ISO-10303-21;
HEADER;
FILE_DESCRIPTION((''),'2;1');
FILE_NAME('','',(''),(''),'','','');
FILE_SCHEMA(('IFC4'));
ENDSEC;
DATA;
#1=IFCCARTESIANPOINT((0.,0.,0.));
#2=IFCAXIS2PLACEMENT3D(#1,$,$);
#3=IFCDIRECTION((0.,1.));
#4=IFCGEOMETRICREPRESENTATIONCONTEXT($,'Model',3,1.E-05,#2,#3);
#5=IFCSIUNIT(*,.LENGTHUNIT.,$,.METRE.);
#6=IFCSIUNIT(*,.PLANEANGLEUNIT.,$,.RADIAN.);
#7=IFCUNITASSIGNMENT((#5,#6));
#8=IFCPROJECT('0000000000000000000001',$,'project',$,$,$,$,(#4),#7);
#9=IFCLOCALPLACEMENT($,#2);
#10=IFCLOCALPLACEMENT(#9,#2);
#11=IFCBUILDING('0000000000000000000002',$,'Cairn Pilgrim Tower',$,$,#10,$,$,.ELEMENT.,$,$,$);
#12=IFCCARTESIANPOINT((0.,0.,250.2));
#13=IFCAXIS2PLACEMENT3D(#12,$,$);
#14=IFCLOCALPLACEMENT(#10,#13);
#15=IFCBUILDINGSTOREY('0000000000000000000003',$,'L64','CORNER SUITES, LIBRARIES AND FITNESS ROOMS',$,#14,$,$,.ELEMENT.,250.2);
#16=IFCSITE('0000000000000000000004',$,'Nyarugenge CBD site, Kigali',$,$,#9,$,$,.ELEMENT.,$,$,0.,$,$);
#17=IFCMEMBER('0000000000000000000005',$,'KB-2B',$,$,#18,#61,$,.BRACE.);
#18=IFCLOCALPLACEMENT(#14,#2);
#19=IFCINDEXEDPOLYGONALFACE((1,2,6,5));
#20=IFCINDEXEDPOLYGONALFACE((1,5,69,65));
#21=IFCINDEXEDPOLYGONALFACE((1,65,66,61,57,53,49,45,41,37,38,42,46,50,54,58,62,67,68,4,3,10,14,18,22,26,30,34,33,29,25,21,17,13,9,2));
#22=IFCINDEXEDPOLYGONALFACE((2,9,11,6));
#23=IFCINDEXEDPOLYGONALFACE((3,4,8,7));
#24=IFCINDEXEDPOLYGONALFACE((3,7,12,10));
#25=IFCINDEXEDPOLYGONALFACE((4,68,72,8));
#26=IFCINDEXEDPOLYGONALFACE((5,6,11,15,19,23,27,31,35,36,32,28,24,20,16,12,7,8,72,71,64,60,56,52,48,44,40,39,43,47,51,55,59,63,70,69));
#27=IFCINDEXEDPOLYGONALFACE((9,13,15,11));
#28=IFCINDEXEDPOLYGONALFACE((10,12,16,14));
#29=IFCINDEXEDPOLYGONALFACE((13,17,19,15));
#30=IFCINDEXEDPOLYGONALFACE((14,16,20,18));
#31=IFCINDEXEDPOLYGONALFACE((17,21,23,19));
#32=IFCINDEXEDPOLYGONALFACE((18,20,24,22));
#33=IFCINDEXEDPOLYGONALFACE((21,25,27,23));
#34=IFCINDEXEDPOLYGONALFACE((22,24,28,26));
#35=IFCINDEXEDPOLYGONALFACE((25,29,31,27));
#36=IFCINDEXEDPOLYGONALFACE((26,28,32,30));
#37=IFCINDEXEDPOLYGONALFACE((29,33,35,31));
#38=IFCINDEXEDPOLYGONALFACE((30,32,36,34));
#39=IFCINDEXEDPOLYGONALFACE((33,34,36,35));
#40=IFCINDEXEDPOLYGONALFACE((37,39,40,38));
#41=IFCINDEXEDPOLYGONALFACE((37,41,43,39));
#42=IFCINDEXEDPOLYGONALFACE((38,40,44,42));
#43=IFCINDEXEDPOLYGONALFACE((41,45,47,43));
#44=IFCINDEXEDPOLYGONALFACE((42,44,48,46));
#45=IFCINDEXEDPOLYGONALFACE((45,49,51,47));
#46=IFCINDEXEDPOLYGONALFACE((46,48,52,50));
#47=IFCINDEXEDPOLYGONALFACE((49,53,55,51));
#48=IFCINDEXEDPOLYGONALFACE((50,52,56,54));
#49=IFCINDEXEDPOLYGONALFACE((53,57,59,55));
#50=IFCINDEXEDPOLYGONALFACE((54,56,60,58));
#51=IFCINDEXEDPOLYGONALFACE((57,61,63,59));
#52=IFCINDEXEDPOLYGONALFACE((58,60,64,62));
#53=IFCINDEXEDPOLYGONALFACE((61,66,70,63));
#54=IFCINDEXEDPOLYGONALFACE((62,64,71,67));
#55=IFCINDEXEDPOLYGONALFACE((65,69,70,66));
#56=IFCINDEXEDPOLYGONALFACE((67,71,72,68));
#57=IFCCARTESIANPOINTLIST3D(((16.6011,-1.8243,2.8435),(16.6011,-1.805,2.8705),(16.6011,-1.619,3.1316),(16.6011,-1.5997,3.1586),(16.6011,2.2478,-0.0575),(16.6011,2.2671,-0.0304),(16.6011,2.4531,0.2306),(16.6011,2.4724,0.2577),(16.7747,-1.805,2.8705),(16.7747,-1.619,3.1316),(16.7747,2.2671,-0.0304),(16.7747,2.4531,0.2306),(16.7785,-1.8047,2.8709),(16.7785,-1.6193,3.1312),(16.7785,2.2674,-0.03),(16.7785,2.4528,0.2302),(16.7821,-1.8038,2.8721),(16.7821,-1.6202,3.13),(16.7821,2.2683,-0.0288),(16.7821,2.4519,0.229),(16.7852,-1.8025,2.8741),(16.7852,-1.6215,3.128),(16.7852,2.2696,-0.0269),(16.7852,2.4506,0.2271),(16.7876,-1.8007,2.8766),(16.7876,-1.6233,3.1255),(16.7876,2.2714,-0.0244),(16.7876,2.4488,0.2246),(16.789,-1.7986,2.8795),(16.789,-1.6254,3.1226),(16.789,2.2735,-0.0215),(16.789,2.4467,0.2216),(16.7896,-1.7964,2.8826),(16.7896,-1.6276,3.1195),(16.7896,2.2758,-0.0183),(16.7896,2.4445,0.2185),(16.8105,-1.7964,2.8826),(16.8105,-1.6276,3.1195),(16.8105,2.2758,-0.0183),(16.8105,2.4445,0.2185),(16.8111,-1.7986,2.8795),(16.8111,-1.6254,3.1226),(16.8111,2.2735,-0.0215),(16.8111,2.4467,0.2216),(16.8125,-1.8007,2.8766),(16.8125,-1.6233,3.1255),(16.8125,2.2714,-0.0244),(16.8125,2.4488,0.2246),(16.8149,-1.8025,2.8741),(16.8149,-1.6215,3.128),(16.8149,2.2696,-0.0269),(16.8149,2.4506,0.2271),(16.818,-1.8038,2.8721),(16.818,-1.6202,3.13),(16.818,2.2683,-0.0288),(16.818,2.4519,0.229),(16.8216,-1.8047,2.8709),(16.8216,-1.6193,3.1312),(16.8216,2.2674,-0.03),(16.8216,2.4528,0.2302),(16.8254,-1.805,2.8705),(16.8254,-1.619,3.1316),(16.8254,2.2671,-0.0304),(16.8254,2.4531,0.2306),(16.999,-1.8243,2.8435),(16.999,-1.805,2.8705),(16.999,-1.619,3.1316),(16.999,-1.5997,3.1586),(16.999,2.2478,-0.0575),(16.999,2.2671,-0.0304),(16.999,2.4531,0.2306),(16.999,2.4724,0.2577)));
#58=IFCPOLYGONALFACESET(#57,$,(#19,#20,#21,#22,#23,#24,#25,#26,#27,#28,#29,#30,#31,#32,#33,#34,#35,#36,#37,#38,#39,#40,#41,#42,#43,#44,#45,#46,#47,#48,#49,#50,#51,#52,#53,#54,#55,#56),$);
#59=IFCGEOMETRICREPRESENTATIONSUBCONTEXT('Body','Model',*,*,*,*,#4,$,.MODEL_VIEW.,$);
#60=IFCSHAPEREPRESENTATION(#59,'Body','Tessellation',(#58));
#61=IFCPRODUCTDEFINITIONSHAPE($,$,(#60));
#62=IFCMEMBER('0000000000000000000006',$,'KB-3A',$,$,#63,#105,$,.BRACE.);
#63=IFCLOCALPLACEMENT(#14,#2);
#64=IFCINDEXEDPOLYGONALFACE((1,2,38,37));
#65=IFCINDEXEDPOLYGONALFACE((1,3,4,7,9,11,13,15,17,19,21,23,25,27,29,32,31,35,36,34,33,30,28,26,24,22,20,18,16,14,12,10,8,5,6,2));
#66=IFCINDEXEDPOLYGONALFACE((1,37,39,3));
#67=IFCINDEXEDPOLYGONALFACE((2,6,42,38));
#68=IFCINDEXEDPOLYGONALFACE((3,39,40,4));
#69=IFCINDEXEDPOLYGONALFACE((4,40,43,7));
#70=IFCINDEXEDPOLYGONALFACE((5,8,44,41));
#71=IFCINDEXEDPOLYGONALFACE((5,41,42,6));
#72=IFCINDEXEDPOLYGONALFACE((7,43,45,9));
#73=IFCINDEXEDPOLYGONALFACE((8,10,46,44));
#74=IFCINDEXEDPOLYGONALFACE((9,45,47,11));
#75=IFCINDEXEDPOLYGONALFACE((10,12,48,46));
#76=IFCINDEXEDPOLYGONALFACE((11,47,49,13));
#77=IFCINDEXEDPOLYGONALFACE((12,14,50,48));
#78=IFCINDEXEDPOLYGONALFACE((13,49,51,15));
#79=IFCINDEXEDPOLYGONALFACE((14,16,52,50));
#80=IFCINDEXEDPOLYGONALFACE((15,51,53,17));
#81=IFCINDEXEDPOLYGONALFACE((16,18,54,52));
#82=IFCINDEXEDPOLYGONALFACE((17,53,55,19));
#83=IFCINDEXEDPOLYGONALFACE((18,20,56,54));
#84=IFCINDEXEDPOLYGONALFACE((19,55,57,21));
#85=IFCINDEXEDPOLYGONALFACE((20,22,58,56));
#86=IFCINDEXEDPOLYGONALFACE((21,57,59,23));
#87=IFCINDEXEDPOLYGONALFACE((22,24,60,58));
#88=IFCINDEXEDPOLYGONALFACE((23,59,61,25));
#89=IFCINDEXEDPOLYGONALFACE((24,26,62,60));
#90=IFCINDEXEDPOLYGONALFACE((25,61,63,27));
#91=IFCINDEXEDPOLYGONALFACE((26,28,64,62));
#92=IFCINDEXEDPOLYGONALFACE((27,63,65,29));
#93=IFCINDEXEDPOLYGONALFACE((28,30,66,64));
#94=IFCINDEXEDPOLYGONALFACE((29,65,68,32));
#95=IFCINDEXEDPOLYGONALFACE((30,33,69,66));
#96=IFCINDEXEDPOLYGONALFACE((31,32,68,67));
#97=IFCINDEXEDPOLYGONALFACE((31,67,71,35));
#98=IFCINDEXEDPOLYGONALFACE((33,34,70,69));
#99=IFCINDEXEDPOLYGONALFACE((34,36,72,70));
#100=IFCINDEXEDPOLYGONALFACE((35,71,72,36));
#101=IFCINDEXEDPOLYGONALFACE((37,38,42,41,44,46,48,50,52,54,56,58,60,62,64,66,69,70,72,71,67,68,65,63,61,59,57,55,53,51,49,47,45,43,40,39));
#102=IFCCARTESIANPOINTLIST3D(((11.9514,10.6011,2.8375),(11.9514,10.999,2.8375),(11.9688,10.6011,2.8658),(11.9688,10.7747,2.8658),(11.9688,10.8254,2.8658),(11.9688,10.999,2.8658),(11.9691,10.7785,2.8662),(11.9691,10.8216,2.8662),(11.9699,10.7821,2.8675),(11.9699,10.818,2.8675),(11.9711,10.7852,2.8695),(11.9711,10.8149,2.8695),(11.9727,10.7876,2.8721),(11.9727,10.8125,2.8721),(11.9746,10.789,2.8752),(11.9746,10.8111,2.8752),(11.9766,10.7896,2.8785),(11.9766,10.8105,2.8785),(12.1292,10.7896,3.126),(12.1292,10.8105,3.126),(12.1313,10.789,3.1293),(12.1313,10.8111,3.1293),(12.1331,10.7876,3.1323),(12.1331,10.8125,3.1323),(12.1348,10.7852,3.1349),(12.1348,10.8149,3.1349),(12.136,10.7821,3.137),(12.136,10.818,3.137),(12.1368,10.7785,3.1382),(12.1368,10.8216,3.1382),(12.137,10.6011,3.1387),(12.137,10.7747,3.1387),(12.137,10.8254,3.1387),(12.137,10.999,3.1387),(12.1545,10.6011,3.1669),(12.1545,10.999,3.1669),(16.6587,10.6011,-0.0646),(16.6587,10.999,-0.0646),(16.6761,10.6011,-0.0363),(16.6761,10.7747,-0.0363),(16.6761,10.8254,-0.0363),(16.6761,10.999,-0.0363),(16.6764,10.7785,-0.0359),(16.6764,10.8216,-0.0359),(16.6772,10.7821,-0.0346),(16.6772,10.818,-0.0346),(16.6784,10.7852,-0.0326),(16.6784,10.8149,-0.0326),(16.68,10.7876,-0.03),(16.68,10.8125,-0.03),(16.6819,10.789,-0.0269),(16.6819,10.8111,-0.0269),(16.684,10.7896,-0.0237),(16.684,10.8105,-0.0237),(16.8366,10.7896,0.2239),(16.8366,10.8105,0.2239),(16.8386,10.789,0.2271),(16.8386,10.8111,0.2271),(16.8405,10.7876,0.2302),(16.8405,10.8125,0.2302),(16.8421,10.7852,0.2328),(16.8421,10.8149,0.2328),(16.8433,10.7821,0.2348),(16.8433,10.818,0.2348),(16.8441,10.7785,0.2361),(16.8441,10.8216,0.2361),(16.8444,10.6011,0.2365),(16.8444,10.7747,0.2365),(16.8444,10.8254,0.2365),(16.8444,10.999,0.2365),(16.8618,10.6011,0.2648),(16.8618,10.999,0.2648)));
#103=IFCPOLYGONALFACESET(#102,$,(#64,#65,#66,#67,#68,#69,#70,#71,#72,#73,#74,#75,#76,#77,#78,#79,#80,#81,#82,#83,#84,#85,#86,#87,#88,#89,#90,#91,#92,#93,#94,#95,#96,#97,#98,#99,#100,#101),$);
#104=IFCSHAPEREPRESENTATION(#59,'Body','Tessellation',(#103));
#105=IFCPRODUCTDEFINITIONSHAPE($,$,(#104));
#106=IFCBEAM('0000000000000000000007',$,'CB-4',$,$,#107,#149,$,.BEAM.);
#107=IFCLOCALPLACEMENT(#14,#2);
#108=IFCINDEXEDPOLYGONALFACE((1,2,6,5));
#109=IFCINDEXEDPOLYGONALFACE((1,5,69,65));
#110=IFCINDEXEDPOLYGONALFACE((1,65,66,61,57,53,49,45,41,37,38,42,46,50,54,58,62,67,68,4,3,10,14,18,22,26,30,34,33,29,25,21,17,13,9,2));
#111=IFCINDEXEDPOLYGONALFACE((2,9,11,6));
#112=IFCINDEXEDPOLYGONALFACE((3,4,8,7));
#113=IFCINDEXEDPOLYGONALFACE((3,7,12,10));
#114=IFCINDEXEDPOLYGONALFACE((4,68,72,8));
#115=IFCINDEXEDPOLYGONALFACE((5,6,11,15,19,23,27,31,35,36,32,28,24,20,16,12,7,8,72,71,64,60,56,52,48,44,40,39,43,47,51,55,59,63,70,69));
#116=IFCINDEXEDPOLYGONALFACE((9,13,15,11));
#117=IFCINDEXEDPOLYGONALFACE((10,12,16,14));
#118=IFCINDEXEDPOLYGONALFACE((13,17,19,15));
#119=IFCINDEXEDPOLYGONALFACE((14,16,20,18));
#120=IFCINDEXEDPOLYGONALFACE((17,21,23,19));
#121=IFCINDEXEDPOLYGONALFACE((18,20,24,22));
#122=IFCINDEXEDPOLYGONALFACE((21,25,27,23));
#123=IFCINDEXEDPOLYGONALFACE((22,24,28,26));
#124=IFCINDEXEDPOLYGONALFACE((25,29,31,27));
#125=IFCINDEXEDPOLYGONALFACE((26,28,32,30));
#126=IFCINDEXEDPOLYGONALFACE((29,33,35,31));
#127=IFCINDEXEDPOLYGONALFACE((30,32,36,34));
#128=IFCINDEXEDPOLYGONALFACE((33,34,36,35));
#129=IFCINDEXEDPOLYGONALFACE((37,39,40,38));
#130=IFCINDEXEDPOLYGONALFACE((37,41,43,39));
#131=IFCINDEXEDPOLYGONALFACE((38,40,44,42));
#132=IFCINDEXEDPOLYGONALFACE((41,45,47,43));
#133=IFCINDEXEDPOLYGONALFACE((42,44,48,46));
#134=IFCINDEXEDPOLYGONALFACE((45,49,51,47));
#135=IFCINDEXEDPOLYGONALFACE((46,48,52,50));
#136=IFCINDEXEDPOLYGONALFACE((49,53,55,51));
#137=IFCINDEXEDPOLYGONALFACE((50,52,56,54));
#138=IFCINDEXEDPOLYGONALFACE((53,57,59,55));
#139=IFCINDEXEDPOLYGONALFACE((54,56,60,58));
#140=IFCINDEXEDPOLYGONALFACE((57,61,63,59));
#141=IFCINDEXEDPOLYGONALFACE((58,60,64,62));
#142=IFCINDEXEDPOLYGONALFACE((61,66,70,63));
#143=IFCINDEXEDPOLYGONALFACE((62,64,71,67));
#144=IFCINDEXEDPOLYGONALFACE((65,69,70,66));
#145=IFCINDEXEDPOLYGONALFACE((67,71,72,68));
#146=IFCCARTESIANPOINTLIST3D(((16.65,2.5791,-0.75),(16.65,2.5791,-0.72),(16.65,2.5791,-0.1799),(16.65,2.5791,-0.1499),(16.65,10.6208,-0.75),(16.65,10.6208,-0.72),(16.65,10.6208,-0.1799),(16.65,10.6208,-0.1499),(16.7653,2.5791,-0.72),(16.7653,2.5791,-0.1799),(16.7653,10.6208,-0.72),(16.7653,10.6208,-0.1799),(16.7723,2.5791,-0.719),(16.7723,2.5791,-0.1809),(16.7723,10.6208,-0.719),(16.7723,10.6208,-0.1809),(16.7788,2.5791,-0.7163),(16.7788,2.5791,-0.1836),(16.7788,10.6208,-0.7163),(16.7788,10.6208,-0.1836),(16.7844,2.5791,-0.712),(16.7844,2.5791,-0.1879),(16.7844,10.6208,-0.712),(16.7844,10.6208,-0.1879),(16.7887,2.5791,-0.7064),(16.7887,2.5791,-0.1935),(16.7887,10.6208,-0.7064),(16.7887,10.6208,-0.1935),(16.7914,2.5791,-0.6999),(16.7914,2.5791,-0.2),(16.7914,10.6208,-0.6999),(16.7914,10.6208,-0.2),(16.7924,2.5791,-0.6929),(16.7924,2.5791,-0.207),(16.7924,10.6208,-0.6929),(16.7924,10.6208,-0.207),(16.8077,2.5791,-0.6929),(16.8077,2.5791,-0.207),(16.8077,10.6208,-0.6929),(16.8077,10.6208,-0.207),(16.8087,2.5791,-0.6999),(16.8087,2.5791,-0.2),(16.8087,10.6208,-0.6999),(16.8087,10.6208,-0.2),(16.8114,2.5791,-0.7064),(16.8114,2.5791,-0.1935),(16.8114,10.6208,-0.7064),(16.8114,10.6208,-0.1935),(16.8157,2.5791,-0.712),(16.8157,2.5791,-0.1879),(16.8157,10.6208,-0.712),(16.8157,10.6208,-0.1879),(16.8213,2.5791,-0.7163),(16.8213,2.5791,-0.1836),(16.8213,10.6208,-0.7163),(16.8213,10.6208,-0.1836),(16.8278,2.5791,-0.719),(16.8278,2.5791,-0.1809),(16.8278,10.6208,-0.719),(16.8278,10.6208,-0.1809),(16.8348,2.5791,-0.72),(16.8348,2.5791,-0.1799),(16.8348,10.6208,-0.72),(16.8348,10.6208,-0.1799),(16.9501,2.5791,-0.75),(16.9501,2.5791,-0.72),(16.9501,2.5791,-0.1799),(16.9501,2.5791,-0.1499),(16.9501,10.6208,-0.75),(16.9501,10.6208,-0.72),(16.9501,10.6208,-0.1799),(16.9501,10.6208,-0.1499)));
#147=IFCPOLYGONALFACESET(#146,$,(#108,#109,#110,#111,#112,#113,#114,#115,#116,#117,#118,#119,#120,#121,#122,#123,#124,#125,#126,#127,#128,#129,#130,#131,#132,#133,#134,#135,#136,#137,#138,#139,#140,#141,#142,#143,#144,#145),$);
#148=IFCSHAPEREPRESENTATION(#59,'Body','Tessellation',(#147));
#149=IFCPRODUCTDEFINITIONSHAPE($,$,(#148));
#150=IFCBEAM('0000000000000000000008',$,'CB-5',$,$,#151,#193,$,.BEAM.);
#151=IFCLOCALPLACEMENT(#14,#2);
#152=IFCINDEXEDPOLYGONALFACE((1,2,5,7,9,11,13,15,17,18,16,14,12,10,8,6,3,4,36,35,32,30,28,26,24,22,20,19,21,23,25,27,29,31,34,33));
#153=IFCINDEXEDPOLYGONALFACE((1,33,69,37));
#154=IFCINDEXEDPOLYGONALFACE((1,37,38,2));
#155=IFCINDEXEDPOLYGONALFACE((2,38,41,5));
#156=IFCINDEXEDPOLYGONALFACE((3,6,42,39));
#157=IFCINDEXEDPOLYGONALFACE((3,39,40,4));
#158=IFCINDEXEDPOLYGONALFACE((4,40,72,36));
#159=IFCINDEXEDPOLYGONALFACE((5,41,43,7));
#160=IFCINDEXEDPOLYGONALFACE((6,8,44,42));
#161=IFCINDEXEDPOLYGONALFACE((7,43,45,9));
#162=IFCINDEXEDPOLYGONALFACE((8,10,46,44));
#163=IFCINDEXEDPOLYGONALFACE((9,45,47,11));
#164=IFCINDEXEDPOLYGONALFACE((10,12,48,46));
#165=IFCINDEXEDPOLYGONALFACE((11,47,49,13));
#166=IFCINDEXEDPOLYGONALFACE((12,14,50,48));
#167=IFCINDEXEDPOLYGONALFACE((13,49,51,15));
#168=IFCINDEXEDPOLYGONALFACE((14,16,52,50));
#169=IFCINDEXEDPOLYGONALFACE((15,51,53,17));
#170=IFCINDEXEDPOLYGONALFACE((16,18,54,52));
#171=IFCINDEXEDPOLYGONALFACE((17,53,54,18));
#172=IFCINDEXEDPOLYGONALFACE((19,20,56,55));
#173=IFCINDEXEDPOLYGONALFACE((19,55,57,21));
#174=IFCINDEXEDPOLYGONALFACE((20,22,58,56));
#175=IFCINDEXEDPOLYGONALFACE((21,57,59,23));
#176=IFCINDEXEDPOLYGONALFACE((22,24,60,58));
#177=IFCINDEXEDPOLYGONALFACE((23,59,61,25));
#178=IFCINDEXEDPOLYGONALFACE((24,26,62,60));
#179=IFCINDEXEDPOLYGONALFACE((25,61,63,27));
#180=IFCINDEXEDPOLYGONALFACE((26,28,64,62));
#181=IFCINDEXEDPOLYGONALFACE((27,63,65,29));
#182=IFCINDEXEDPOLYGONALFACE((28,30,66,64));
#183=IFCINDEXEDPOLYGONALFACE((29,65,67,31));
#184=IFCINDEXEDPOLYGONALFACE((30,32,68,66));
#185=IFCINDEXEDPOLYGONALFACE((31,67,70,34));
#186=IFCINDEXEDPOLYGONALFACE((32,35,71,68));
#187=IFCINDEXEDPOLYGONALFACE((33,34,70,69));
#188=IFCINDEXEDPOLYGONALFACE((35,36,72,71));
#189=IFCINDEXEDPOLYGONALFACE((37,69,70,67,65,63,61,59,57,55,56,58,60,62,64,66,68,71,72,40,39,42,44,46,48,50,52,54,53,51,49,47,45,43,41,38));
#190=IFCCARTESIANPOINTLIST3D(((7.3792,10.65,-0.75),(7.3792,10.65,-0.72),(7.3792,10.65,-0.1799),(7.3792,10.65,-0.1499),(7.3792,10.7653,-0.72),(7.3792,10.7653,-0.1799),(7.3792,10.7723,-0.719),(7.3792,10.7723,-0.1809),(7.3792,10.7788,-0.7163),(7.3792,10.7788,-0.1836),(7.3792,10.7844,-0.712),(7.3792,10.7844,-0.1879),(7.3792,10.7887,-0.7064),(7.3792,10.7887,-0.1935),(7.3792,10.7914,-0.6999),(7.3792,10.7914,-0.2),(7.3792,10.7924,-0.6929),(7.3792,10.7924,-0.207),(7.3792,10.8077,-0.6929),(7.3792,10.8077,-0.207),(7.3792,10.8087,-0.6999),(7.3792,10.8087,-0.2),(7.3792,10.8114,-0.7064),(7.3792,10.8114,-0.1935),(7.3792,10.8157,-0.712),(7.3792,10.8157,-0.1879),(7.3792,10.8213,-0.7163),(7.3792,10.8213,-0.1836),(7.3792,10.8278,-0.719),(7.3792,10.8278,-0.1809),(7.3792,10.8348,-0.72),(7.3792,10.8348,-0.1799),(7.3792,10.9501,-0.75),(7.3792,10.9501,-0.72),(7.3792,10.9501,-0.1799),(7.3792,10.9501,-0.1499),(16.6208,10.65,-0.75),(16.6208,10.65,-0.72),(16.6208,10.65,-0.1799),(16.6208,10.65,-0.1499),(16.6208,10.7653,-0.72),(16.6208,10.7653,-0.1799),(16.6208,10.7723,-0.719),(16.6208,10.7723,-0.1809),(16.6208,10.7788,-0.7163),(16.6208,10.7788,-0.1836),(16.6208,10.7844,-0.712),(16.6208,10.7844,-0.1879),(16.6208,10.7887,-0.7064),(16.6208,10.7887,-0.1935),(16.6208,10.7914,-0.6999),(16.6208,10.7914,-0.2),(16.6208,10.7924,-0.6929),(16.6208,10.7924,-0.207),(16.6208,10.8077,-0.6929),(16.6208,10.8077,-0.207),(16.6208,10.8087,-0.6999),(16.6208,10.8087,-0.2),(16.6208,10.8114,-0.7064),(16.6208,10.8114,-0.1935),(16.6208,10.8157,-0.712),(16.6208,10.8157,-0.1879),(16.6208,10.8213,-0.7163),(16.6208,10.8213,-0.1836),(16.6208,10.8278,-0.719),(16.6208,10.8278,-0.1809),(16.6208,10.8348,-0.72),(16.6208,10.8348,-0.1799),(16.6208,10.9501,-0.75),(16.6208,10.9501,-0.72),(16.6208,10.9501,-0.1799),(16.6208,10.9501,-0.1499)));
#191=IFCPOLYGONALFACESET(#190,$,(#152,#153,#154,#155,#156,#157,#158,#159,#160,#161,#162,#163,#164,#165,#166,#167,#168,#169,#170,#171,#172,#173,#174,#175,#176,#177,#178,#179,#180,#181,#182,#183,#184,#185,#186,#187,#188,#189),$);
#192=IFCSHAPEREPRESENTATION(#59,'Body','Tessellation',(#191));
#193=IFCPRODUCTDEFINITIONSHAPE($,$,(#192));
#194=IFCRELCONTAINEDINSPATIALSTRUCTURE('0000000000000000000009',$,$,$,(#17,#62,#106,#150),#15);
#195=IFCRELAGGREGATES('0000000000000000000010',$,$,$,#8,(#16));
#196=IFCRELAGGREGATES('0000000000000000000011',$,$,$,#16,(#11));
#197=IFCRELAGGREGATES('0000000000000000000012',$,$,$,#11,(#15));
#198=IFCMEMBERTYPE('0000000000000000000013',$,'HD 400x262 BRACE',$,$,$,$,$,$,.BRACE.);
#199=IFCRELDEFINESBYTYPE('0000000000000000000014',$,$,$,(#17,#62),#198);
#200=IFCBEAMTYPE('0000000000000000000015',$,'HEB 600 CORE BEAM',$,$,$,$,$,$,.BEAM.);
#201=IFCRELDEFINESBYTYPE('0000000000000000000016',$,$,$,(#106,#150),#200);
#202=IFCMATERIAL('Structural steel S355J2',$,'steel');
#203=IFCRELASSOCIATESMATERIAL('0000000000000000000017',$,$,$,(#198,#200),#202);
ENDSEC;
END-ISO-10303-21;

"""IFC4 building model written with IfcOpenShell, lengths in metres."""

from ifc_helpers import new_model, si_unit, direction, frame, origin, origin_2d, place, context, subcontext, project, spatial, i_section, extrude, material, material_profile, profile_set, type_object, element, save


model = new_model("IFC4")

# Units and contexts
model_context = context("Model", 3, precision=1e-05, world=origin(), true_north=direction((0.0, 1.0)))
body_context = subcontext(model_context, "Body", "Model", "MODEL_VIEW")
ifc_project = project(units=[si_unit("LENGTHUNIT", "METRE"), si_unit("PLANEANGLEUNIT", "RADIAN")], contexts=[model_context])

# Site, building, storey
site_placement = place(None, origin())
site = spatial("IfcSite", under=ifc_project, at=site_placement, Name="Nyarugenge CBD site, Kigali", CompositionType="ELEMENT", RefElevation=0.0)
building_placement = place(site_placement, origin())
building = spatial("IfcBuilding", under=site, at=building_placement, Name="Cairn Pilgrim Tower", CompositionType="ELEMENT")
storey_placement = place(building_placement, frame((0.0, 0.0, 250.2)))
storey = spatial("IfcBuildingStorey", under=building, at=storey_placement, Name="L64", Description="CORNER SUITES, LIBRARIES AND FITNESS ROOMS", CompositionType="ELEMENT", Elevation=250.2)

# Shared definitions
ifc_material_1 = material(Name="Structural steel S355J2", Category="steel")

# Members
ifc_material_profile_1 = material_profile(ifc_material_1, i_section(OverallWidth=0.3979, OverallDepth=0.387, WebThickness=0.021, FlangeThickness=0.0332, FilletRadius=0.0149, at=origin_2d()), Name="HD 400x262")
ifc_profile_set_1 = profile_set([ifc_material_profile_1], Name="Structural steel S355J2")
member_type = type_object("IfcMemberType", Name="HD 400x262 BRACE", PredefinedType="BRACE", material=ifc_profile_set_1)
member_1_placement = place(storey_placement, frame((16.8, 2.3601, 0.1001), z_axis=(0.0, -0.814462, 0.580217), x_axis=(1.0, 0.0, 0.0)))
element("IfcMember", 1, at=member_1_placement, inside=storey, type_object=member_type, Name="KB-2B", PredefinedType="BRACE", context=body_context, shape_type="SweptSolid", body=[
    extrude(i_section(OverallWidth=0.3979, OverallDepth=0.387, WebThickness=0.021, FlangeThickness=0.0332, FilletRadius=0.0149, at=origin_2d()), origin(), (0.0, 0.0, 1.0), 4.9998),
])
member_2_placement = place(storey_placement, frame((16.7603, 10.8, 0.1001), z_axis=(-0.851229, 0.0, 0.524794), x_axis=(0.0, -1.0, 0.0)))
element("IfcMember", 2, at=member_2_placement, inside=storey, type_object=member_type, Name="KB-3A", PredefinedType="BRACE", context=body_context, shape_type="SweptSolid", body=[
    extrude(i_section(OverallWidth=0.3979, OverallDepth=0.387, WebThickness=0.021, FlangeThickness=0.0332, FilletRadius=0.0149, at=origin_2d()), origin(), (0.0, 0.0, 1.0), 5.53),
])

# Beams
ifc_material_profile_2 = material_profile(ifc_material_1, i_section(OverallWidth=0.3, OverallDepth=0.6001, WebThickness=0.0154, FlangeThickness=0.03, FilletRadius=0.0271, at=origin_2d()), Name="HEB 600")
ifc_profile_set_2 = profile_set([ifc_material_profile_2], Name="Structural steel S355J2")
beam_type_1 = type_object("IfcBeamType", Name="HEB 600 CORE BEAM", PredefinedType="BEAM", material=ifc_profile_set_2)
beam_1_placement = place(storey_placement, frame((16.8, 2.5791, -0.45), z_axis=(0.0, 1.0, 0.0), x_axis=(-1.0, 0.0, 0.0)))
element("IfcBeam", 3, at=beam_1_placement, inside=storey, type_object=beam_type_1, Name="CB-4", PredefinedType="BEAM", context=body_context, shape_type="SweptSolid", body=[
    extrude(i_section(OverallWidth=0.3, OverallDepth=0.6001, WebThickness=0.0154, FlangeThickness=0.03, FilletRadius=0.0271, at=origin_2d()), origin(), (0.0, 0.0, 1.0), 8.0417),
])
beam_2_placement = place(storey_placement, frame((16.6208, 10.8, -0.45), z_axis=(-1.0, 0.0, 0.0), x_axis=(0.0, -1.0, 0.0)))
element("IfcBeam", 4, at=beam_2_placement, inside=storey, type_object=beam_type_1, Name="CB-5", PredefinedType="BEAM", context=body_context, shape_type="SweptSolid", body=[
    extrude(i_section(OverallWidth=0.3, OverallDepth=0.6001, WebThickness=0.0154, FlangeThickness=0.03, FilletRadius=0.0271, at=origin_2d()), origin(), (0.0, 0.0, 1.0), 9.2417),
])

save(model, "model.ifc")
